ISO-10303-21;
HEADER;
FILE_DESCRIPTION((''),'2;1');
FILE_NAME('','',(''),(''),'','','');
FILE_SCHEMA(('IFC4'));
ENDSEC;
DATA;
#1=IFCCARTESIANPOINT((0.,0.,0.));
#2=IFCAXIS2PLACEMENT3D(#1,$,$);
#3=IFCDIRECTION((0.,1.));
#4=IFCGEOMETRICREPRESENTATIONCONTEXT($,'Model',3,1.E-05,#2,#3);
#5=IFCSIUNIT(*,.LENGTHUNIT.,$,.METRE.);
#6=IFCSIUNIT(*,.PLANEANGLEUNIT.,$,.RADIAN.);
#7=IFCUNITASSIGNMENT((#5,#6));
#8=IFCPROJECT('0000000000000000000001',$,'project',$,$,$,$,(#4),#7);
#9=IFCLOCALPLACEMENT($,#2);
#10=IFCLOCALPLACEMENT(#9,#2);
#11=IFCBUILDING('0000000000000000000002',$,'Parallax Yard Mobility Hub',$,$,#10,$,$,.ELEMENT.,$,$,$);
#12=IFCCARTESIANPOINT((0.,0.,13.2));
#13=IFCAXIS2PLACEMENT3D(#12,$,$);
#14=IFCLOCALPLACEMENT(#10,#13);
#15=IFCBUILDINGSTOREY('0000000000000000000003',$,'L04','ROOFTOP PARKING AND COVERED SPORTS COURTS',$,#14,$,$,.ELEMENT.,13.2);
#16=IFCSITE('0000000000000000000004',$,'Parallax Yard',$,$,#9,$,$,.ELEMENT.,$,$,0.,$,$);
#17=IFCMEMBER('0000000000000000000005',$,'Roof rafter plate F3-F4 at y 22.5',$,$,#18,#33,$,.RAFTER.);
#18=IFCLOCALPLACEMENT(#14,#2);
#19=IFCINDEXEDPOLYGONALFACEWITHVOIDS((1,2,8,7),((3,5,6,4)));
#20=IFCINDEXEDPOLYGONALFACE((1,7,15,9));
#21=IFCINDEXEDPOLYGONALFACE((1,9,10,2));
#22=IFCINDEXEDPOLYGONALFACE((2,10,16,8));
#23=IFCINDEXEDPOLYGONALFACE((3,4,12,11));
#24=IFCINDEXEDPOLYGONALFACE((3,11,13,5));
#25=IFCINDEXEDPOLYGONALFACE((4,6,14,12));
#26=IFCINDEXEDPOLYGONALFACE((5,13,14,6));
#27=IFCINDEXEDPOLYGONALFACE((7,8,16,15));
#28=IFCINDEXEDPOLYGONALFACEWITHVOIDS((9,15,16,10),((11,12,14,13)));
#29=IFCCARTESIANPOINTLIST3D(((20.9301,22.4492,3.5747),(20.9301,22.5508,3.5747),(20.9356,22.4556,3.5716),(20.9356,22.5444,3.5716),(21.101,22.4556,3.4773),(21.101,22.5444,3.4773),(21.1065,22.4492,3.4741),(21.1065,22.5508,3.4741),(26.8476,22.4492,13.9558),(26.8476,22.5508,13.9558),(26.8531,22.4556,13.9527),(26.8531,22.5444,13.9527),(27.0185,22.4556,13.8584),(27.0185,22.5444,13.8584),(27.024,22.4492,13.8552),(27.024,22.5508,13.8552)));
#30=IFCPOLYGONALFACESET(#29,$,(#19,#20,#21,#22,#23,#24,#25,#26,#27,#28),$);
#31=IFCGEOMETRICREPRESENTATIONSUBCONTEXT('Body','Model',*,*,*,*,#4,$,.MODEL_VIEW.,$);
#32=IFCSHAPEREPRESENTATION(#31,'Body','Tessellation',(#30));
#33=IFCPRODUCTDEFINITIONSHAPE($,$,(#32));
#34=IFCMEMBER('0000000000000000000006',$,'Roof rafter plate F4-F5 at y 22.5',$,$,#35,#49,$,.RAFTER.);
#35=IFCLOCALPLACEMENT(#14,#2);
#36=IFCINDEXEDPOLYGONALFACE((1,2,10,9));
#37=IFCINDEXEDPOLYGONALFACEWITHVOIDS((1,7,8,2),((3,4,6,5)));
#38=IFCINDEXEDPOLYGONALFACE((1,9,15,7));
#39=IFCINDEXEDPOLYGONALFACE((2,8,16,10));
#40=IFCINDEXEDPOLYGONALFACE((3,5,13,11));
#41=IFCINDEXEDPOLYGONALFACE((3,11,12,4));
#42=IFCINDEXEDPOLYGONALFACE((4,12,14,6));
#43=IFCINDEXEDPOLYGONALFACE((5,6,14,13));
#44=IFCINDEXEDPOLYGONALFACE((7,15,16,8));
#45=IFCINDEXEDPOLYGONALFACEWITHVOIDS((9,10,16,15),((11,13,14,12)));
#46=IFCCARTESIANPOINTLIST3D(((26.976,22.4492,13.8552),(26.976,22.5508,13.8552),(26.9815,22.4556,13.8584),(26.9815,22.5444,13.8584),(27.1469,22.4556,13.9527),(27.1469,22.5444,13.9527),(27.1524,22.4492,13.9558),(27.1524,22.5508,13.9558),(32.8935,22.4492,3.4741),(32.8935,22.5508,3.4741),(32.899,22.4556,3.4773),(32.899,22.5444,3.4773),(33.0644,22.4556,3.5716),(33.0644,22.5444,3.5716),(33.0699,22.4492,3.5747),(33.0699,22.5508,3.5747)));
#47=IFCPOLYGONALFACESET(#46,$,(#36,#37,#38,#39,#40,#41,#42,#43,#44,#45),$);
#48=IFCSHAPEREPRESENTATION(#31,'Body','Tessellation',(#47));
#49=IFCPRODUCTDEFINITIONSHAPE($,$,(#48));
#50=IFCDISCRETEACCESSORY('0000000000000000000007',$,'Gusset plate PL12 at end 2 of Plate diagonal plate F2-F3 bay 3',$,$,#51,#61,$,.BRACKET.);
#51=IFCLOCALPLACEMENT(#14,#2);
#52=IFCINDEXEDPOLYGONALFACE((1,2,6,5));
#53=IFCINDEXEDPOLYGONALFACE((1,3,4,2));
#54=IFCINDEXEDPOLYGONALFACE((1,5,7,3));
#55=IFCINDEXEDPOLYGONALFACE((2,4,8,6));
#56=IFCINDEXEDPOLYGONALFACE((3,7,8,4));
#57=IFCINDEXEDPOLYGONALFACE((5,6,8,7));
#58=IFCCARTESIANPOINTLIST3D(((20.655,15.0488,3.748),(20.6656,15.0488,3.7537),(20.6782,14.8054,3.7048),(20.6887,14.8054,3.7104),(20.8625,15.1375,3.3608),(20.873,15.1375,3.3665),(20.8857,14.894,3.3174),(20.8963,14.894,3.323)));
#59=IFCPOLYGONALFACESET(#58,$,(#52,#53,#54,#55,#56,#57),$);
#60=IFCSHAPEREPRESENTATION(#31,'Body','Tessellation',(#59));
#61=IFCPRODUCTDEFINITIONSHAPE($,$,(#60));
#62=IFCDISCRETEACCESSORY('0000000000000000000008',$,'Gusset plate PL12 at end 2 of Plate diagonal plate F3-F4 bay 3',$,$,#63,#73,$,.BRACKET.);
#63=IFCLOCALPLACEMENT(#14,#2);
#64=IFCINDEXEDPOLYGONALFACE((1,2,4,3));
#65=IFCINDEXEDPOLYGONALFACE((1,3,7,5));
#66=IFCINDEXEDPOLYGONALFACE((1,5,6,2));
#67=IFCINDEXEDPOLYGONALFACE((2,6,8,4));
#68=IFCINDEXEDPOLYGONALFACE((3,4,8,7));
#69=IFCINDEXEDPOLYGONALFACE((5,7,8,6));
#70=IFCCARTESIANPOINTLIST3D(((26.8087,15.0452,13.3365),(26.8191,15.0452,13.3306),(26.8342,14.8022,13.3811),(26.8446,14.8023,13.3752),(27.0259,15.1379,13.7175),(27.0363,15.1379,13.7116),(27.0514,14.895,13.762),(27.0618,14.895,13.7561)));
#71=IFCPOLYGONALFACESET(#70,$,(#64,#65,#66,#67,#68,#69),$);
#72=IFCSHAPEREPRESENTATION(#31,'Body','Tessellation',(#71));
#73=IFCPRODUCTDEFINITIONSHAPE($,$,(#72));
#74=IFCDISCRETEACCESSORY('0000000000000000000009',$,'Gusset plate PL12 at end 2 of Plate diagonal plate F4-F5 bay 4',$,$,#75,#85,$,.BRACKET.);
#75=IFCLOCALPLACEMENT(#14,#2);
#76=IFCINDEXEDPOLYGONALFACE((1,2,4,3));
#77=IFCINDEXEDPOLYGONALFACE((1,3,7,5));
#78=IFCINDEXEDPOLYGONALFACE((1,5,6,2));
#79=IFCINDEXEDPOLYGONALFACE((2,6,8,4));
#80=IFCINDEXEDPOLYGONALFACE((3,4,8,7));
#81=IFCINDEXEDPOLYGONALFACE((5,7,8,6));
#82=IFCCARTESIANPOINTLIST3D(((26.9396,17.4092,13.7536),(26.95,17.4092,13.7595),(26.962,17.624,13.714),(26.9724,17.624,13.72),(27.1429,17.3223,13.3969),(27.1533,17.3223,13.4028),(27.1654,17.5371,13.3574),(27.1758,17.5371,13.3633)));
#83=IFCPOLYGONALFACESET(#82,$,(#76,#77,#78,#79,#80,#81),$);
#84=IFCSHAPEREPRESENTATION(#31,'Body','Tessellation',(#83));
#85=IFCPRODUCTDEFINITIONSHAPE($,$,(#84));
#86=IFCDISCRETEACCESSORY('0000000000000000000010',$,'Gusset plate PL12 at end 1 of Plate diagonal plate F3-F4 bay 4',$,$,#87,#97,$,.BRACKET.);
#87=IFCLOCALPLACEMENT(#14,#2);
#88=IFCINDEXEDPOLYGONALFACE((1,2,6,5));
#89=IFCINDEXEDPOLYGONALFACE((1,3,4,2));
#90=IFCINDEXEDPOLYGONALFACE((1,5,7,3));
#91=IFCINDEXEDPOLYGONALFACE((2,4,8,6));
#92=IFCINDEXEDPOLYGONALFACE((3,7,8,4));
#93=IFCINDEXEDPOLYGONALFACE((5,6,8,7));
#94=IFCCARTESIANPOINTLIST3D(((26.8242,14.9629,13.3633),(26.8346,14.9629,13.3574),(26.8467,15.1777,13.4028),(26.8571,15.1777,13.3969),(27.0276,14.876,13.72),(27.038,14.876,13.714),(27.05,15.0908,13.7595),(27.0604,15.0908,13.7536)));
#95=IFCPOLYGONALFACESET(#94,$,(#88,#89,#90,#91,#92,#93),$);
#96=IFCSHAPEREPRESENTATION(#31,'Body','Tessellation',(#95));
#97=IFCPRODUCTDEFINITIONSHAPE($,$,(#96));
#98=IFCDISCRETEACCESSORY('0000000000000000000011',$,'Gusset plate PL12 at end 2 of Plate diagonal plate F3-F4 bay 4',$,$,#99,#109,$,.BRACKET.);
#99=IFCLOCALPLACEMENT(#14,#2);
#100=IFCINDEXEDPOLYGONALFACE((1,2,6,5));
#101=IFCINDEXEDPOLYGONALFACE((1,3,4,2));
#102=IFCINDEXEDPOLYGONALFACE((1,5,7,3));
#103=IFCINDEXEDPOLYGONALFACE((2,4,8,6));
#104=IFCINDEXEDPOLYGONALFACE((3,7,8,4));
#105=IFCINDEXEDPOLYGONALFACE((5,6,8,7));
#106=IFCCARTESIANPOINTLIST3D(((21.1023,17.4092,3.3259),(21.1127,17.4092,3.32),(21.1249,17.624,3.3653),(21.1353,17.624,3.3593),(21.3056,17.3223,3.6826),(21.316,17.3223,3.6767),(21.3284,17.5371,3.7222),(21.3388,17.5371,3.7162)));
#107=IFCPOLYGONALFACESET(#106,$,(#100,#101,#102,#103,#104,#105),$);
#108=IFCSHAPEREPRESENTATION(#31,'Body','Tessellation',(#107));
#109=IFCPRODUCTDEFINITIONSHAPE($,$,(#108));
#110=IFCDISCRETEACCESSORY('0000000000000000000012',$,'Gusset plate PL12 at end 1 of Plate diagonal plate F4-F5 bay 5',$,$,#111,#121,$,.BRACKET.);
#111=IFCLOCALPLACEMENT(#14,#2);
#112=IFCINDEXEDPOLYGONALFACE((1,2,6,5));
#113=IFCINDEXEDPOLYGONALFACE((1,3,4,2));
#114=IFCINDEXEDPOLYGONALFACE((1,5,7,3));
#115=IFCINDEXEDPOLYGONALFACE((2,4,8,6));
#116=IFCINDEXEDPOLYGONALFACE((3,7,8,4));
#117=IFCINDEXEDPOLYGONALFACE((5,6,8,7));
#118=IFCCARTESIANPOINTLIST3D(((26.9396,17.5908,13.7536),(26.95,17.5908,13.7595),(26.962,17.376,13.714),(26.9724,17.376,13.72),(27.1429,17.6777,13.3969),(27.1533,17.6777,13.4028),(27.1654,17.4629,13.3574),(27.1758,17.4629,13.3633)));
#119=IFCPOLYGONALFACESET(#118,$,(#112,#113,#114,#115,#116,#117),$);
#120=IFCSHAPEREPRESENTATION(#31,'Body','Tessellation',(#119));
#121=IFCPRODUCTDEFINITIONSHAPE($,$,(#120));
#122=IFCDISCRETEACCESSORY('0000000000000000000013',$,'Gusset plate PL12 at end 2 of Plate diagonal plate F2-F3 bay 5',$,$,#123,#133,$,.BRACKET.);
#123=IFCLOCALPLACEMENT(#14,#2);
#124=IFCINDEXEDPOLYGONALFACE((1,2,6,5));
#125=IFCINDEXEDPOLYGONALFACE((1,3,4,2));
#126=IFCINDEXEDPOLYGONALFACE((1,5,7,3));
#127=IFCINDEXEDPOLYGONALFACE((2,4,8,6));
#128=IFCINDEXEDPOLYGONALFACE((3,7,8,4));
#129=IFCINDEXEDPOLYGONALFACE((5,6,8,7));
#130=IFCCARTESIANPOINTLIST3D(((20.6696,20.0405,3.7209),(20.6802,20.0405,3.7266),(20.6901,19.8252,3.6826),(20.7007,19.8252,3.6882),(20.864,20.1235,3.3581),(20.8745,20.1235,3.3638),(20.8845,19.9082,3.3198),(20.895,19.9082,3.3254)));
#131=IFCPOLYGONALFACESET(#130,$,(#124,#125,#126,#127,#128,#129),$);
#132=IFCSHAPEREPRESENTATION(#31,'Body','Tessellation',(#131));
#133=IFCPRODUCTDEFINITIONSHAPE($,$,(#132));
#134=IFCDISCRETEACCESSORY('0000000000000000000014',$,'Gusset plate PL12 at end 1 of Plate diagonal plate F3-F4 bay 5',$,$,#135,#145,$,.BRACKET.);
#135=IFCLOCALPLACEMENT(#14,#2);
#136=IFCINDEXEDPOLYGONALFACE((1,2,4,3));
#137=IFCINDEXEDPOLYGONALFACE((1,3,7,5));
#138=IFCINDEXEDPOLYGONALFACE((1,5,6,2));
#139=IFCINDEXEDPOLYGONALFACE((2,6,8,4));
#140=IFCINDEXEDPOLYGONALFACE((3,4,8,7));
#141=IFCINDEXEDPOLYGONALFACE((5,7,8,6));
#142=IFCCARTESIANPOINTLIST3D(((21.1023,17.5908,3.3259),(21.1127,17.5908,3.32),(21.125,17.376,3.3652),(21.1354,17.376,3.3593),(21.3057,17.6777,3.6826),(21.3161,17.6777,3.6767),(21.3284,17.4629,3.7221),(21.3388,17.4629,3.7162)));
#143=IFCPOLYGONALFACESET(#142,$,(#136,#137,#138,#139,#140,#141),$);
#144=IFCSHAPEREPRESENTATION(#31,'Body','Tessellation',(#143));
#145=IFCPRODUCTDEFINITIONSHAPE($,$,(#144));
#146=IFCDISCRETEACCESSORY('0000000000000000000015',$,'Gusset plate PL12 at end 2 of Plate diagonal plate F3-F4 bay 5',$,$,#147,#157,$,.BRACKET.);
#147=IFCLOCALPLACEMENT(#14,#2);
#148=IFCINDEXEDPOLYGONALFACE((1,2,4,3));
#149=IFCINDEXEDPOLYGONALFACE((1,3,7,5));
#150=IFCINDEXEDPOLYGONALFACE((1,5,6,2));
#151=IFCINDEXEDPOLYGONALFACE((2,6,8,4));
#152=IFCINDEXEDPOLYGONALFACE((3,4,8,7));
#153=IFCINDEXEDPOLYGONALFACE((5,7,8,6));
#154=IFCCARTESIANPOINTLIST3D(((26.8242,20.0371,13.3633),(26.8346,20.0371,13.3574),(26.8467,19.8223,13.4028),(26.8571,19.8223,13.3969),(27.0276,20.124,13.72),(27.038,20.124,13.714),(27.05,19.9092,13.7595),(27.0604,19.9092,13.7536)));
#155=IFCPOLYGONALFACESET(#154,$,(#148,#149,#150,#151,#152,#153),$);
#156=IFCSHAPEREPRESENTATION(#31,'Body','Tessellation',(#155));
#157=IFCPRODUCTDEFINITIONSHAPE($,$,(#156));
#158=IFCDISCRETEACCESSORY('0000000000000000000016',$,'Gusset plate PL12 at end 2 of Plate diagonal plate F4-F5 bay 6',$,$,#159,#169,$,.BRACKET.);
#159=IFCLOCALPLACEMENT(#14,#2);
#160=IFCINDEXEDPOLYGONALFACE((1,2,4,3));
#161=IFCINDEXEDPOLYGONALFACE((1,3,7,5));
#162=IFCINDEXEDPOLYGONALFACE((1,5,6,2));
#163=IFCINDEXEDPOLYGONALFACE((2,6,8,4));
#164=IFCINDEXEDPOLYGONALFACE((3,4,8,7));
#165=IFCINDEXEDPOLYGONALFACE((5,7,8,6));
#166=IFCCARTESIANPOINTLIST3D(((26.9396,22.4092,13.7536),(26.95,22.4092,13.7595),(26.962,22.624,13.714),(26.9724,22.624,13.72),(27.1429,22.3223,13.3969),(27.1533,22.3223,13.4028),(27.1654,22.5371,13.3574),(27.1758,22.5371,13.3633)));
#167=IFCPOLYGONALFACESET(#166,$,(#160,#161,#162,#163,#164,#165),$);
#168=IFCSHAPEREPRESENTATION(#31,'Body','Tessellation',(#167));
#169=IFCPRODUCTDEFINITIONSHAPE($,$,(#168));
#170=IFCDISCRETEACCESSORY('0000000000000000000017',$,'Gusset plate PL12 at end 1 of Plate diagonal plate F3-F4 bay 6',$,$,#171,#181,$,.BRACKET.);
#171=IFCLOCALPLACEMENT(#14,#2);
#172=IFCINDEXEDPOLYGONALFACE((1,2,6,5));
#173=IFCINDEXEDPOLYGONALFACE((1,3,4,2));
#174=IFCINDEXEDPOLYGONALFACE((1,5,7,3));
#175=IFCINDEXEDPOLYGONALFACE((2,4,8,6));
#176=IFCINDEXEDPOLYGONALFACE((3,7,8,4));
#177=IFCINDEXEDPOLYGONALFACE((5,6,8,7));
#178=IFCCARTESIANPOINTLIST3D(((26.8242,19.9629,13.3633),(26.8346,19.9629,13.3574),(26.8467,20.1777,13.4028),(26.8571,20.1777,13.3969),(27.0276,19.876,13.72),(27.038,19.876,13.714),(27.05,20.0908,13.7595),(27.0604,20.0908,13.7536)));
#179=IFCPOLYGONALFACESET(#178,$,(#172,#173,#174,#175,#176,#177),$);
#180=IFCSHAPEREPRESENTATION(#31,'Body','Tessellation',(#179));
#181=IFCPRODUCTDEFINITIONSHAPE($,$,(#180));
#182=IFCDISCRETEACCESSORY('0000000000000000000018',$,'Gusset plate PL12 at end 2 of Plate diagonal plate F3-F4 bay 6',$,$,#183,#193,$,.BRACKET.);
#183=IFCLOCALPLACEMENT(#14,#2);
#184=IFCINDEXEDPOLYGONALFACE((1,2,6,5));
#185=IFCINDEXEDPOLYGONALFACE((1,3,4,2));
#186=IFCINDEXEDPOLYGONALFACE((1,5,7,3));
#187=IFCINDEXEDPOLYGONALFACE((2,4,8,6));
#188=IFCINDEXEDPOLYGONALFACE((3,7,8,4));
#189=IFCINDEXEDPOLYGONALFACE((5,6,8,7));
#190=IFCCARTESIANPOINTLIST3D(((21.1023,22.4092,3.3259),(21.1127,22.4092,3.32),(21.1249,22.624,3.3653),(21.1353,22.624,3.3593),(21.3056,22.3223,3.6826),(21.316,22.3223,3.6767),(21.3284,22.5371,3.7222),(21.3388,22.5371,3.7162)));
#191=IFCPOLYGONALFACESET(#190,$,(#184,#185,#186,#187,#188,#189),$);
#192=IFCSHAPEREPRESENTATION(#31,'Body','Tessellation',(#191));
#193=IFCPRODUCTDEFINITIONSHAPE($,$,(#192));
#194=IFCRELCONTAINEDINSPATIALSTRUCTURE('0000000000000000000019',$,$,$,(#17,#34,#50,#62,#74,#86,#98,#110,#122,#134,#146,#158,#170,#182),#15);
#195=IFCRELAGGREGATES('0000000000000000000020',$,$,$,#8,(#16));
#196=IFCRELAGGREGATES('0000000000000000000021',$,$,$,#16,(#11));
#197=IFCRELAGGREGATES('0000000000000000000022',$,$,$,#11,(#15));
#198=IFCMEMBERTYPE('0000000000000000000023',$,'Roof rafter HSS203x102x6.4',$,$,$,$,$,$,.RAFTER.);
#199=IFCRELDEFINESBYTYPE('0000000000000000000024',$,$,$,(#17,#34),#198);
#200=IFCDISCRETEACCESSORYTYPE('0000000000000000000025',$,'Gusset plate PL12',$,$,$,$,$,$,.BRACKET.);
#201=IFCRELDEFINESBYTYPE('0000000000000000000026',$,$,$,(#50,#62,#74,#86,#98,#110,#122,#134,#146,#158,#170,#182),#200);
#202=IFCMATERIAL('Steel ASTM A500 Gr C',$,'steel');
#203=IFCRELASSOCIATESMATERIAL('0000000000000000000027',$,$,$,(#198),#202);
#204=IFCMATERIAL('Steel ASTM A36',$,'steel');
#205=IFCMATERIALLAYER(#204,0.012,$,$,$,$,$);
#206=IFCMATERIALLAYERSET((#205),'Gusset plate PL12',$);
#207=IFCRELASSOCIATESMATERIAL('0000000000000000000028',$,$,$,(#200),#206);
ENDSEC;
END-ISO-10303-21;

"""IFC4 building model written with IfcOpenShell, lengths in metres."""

from ifc_helpers import new_model, si_unit, direction, frame, origin, origin_2d, place, context, subcontext, project, spatial, polyline, hollow_rectangle, outline, extrude, material, layer, layer_set, material_profile, profile_set, type_object, element, save


model = new_model("IFC4")

# Units and contexts
model_context = context("Model", 3, precision=1e-05, world=origin(), true_north=direction((0.0, 1.0)))
body_context = subcontext(model_context, "Body", "Model", "MODEL_VIEW")
ifc_project = project(units=[si_unit("LENGTHUNIT", "METRE"), si_unit("PLANEANGLEUNIT", "RADIAN")], contexts=[model_context])

# Site, building, storey
site_placement = place(None, origin())
site = spatial("IfcSite", under=ifc_project, at=site_placement, Name="Parallax Yard", CompositionType="ELEMENT", RefElevation=0.0)
building_placement = place(site_placement, origin())
building = spatial("IfcBuilding", under=site, at=building_placement, Name="Parallax Yard Mobility Hub", CompositionType="ELEMENT")
storey_placement = place(building_placement, frame((0.0, 0.0, 13.2)))
storey = spatial("IfcBuildingStorey", under=building, at=storey_placement, Name="L04", Description="ROOFTOP PARKING AND COVERED SPORTS COURTS", CompositionType="ELEMENT", Elevation=13.2)

# Members
ifc_material_1 = material(Name="Steel ASTM A500 Gr C", Category="steel")
ifc_material_profile_1 = material_profile(ifc_material_1, hollow_rectangle(XDim=0.1016, YDim=0.2031, WallThickness=0.0063, at=origin_2d()), Name="HSS203x102x6.4")
ifc_profile_set_1 = profile_set([ifc_material_profile_1], Name="Steel ASTM A500 Gr C")
member_type_1 = type_object("IfcMemberType", Name="Roof rafter HSS203x102x6.4", PredefinedType="RAFTER", material=ifc_profile_set_1)
for number, where, z_axis, x_axis, name in (
    (1, (21.0183, 22.5, 3.5244), (0.495219, 0.0, 0.868768), (0.0, 1.0, 0.0), "Roof rafter plate F3-F4 at y 22.5"),
    (2, (27.0642, 22.5, 13.9055), (0.495219, 0.0, -0.868768), (0.0, 1.0, 0.0), "Roof rafter plate F4-F5 at y 22.5"),
):
    element("IfcMember", number, at=place(storey_placement, frame(where, z_axis=z_axis, x_axis=x_axis)), inside=storey, type_object=member_type_1, Name=name, PredefinedType="RAFTER", context=body_context, shape_type="SweptSolid", body=[
        extrude(hollow_rectangle(XDim=0.1016, YDim=0.2031, WallThickness=0.0063, at=origin_2d()), origin(), (0.0, 0.0, 1.0), 11.9492),
    ])

# Discrete accessories
ifc_material_2 = material(Name="Steel ASTM A36", Category="steel")
ifc_layer = layer(ifc_material_2, 0.012)
ifc_layer_set = layer_set([ifc_layer], Name="Gusset plate PL12")
discrete_accessory_type = type_object("IfcDiscreteAccessoryType", Name="Gusset plate PL12", PredefinedType="BRACKET", material=ifc_layer_set)
discrete_accessory_1_placement = place(storey_placement, frame((20.6887, 14.8054, 3.7104), z_axis=(0.881467, -0.000084, 0.472245), x_axis=(0.462943, 0.197655, -0.864069)))
element("IfcDiscreteAccessory", 3, at=discrete_accessory_1_placement, inside=storey, type_object=discrete_accessory_type, Name="Gusset plate PL12 at end 2 of Plate diagonal plate F2-F3 bay 3", PredefinedType="BRACKET", context=body_context, shape_type="SweptSolid", body=[
    extrude(outline(polyline([(0.0, 0.0), (0.4484, 0.0), (0.4482, 0.2483), (0.0, 0.2483), (0.0, 0.0)])), origin(), (0.0, 0.0, -1.0), 0.012),
])
discrete_accessory_2_placement = place(storey_placement, frame((26.8342, 14.8022, 13.3811), z_axis=(-0.868732, -0.000396, 0.495282), x_axis=(0.484484, 0.206996, 0.849958)))
element("IfcDiscreteAccessory", 4, at=discrete_accessory_2_placement, inside=storey, type_object=discrete_accessory_type, Name="Gusset plate PL12 at end 2 of Plate diagonal plate F3-F4 bay 3", PredefinedType="BRACKET", context=body_context, shape_type="SweptSolid", body=[
    extrude(outline(polyline([(0.0, 0.0), (0.4482, 0.0), (0.4483, 0.2483), (0.0, 0.2483), (0.0, 0.0)])), origin(), (0.0, 0.0, -1.0), 0.012),
])
for number, where, z_axis, x_axis, name in (
    (5, (27.1758, 17.5371, 13.3633), (0.868755, 0.000345, 0.495243), (-0.484569, 0.207091, 0.849886), "Gusset plate PL12 at end 2 of Plate diagonal plate F4-F5 bay 4"),
    (6, (26.8242, 14.9629, 13.3633), (-0.868755, -0.000345, 0.495243), (0.484569, -0.207091, 0.849886), "Gusset plate PL12 at end 1 of Plate diagonal plate F3-F4 bay 4"),
):
    element("IfcDiscreteAccessory", number, at=place(storey_placement, frame(where, z_axis=z_axis, x_axis=x_axis)), inside=storey, type_object=discrete_accessory_type, Name=name, PredefinedType="BRACKET", context=body_context, shape_type="SweptSolid", body=[
        extrude(outline(polyline([(0.0, 0.0), (0.4197, 0.0), (0.4197, 0.2196), (0.0, 0.2196), (0.0, 0.0)])), origin(), (0.0, 0.0, -1.0), 0.012),
    ])
discrete_accessory_3_placement = place(storey_placement, frame((21.3284, 17.5371, 3.7222), z_axis=(-0.868697, 0.000899, 0.495343), x_axis=(-0.484455, 0.206988, -0.849976)))
element("IfcDiscreteAccessory", 7, at=discrete_accessory_3_placement, inside=storey, type_object=discrete_accessory_type, Name="Gusset plate PL12 at end 2 of Plate diagonal plate F3-F4 bay 4", PredefinedType="BRACKET", context=body_context, shape_type="SweptSolid", body=[
    extrude(outline(polyline([(0.0, 0.0), (0.4199, 0.0), (0.4198, 0.2196), (0.0001, 0.2196), (0.0, 0.0)])), origin(), (0.0, 0.0, -1.0), 0.012),
])
discrete_accessory_4_placement = place(storey_placement, frame((27.1533, 17.6777, 13.4028), z_axis=(0.868755, -0.000345, 0.495243), x_axis=(-0.484569, -0.207091, 0.849886)))
element("IfcDiscreteAccessory", 8, at=discrete_accessory_4_placement, inside=storey, type_object=discrete_accessory_type, Name="Gusset plate PL12 at end 1 of Plate diagonal plate F4-F5 bay 5", PredefinedType="BRACKET", context=body_context, shape_type="SweptSolid", body=[
    extrude(outline(polyline([(0.0, 0.0), (0.4197, 0.0), (0.4197, 0.2196), (0.0, 0.2196), (0.0, 0.0)])), origin(), (0.0, 0.0, -1.0), 0.012),
])
discrete_accessory_5_placement = place(storey_placement, frame((20.7007, 19.8252, 3.6882), z_axis=(0.881507, -0.000096, 0.472171), x_axis=(0.462868, 0.197707, -0.864098)))
element("IfcDiscreteAccessory", 9, at=discrete_accessory_5_placement, inside=storey, type_object=discrete_accessory_type, Name="Gusset plate PL12 at end 2 of Plate diagonal plate F2-F3 bay 5", PredefinedType="BRACKET", context=body_context, shape_type="SweptSolid", body=[
    extrude(outline(polyline([(0.0, 0.0), (0.4199, 0.0), (0.4198, 0.2197), (0.0, 0.2197), (0.0, 0.0)])), origin(), (0.0, 0.0, -1.0), 0.012),
])
discrete_accessory_6_placement = place(storey_placement, frame((21.3057, 17.6777, 3.6826), z_axis=(-0.868697, -0.000899, 0.495343), x_axis=(-0.484444, -0.207091, -0.849958)))
element("IfcDiscreteAccessory", 10, at=discrete_accessory_6_placement, inside=storey, type_object=discrete_accessory_type, Name="Gusset plate PL12 at end 1 of Plate diagonal plate F3-F4 bay 5", PredefinedType="BRACKET", context=body_context, shape_type="SweptSolid", body=[
    extrude(outline(polyline([(0.0, 0.0), (0.4197, 0.0), (0.4198, 0.2196), (-0.0001, 0.2196), (0.0, 0.0)])), origin(), (0.0, 0.0, -1.0), 0.012),
])
discrete_accessory_7_placement = place(storey_placement, frame((26.8467, 19.8223, 13.4028), z_axis=(-0.868755, 0.000345, 0.495243), x_axis=(0.484569, 0.207091, 0.849886)))
element("IfcDiscreteAccessory", 11, at=discrete_accessory_7_placement, inside=storey, type_object=discrete_accessory_type, Name="Gusset plate PL12 at end 2 of Plate diagonal plate F3-F4 bay 5", PredefinedType="BRACKET", context=body_context, shape_type="SweptSolid", body=[
    extrude(outline(polyline([(0.0, 0.0), (0.4197, 0.0), (0.4197, 0.2196), (0.0, 0.2196), (0.0, 0.0)])), origin(), (0.0, 0.0, -1.0), 0.012),
])
for number, where, z_axis, x_axis, name in (
    (12, (27.1758, 22.5371, 13.3633), (0.868755, 0.000345, 0.495243), (-0.484569, 0.207091, 0.849886), "Gusset plate PL12 at end 2 of Plate diagonal plate F4-F5 bay 6"),
    (13, (26.8242, 19.9629, 13.3633), (-0.868755, -0.000345, 0.495243), (0.484569, -0.207091, 0.849886), "Gusset plate PL12 at end 1 of Plate diagonal plate F3-F4 bay 6"),
):
    element("IfcDiscreteAccessory", number, at=place(storey_placement, frame(where, z_axis=z_axis, x_axis=x_axis)), inside=storey, type_object=discrete_accessory_type, Name=name, PredefinedType="BRACKET", context=body_context, shape_type="SweptSolid", body=[
        extrude(outline(polyline([(0.0, 0.0), (0.4197, 0.0), (0.4197, 0.2196), (0.0, 0.2196), (0.0, 0.0)])), origin(), (0.0, 0.0, -1.0), 0.012),
    ])
discrete_accessory_8_placement = place(storey_placement, frame((21.3284, 22.5371, 3.7222), z_axis=(-0.868697, 0.000899, 0.495343), x_axis=(-0.484455, 0.206988, -0.849976)))
element("IfcDiscreteAccessory", 14, at=discrete_accessory_8_placement, inside=storey, type_object=discrete_accessory_type, Name="Gusset plate PL12 at end 2 of Plate diagonal plate F3-F4 bay 6", PredefinedType="BRACKET", context=body_context, shape_type="SweptSolid", body=[
    extrude(outline(polyline([(0.0, 0.0), (0.4199, 0.0), (0.4198, 0.2196), (0.0001, 0.2196), (0.0, 0.0)])), origin(), (0.0, 0.0, -1.0), 0.012),
])

save(model, "model.ifc")
